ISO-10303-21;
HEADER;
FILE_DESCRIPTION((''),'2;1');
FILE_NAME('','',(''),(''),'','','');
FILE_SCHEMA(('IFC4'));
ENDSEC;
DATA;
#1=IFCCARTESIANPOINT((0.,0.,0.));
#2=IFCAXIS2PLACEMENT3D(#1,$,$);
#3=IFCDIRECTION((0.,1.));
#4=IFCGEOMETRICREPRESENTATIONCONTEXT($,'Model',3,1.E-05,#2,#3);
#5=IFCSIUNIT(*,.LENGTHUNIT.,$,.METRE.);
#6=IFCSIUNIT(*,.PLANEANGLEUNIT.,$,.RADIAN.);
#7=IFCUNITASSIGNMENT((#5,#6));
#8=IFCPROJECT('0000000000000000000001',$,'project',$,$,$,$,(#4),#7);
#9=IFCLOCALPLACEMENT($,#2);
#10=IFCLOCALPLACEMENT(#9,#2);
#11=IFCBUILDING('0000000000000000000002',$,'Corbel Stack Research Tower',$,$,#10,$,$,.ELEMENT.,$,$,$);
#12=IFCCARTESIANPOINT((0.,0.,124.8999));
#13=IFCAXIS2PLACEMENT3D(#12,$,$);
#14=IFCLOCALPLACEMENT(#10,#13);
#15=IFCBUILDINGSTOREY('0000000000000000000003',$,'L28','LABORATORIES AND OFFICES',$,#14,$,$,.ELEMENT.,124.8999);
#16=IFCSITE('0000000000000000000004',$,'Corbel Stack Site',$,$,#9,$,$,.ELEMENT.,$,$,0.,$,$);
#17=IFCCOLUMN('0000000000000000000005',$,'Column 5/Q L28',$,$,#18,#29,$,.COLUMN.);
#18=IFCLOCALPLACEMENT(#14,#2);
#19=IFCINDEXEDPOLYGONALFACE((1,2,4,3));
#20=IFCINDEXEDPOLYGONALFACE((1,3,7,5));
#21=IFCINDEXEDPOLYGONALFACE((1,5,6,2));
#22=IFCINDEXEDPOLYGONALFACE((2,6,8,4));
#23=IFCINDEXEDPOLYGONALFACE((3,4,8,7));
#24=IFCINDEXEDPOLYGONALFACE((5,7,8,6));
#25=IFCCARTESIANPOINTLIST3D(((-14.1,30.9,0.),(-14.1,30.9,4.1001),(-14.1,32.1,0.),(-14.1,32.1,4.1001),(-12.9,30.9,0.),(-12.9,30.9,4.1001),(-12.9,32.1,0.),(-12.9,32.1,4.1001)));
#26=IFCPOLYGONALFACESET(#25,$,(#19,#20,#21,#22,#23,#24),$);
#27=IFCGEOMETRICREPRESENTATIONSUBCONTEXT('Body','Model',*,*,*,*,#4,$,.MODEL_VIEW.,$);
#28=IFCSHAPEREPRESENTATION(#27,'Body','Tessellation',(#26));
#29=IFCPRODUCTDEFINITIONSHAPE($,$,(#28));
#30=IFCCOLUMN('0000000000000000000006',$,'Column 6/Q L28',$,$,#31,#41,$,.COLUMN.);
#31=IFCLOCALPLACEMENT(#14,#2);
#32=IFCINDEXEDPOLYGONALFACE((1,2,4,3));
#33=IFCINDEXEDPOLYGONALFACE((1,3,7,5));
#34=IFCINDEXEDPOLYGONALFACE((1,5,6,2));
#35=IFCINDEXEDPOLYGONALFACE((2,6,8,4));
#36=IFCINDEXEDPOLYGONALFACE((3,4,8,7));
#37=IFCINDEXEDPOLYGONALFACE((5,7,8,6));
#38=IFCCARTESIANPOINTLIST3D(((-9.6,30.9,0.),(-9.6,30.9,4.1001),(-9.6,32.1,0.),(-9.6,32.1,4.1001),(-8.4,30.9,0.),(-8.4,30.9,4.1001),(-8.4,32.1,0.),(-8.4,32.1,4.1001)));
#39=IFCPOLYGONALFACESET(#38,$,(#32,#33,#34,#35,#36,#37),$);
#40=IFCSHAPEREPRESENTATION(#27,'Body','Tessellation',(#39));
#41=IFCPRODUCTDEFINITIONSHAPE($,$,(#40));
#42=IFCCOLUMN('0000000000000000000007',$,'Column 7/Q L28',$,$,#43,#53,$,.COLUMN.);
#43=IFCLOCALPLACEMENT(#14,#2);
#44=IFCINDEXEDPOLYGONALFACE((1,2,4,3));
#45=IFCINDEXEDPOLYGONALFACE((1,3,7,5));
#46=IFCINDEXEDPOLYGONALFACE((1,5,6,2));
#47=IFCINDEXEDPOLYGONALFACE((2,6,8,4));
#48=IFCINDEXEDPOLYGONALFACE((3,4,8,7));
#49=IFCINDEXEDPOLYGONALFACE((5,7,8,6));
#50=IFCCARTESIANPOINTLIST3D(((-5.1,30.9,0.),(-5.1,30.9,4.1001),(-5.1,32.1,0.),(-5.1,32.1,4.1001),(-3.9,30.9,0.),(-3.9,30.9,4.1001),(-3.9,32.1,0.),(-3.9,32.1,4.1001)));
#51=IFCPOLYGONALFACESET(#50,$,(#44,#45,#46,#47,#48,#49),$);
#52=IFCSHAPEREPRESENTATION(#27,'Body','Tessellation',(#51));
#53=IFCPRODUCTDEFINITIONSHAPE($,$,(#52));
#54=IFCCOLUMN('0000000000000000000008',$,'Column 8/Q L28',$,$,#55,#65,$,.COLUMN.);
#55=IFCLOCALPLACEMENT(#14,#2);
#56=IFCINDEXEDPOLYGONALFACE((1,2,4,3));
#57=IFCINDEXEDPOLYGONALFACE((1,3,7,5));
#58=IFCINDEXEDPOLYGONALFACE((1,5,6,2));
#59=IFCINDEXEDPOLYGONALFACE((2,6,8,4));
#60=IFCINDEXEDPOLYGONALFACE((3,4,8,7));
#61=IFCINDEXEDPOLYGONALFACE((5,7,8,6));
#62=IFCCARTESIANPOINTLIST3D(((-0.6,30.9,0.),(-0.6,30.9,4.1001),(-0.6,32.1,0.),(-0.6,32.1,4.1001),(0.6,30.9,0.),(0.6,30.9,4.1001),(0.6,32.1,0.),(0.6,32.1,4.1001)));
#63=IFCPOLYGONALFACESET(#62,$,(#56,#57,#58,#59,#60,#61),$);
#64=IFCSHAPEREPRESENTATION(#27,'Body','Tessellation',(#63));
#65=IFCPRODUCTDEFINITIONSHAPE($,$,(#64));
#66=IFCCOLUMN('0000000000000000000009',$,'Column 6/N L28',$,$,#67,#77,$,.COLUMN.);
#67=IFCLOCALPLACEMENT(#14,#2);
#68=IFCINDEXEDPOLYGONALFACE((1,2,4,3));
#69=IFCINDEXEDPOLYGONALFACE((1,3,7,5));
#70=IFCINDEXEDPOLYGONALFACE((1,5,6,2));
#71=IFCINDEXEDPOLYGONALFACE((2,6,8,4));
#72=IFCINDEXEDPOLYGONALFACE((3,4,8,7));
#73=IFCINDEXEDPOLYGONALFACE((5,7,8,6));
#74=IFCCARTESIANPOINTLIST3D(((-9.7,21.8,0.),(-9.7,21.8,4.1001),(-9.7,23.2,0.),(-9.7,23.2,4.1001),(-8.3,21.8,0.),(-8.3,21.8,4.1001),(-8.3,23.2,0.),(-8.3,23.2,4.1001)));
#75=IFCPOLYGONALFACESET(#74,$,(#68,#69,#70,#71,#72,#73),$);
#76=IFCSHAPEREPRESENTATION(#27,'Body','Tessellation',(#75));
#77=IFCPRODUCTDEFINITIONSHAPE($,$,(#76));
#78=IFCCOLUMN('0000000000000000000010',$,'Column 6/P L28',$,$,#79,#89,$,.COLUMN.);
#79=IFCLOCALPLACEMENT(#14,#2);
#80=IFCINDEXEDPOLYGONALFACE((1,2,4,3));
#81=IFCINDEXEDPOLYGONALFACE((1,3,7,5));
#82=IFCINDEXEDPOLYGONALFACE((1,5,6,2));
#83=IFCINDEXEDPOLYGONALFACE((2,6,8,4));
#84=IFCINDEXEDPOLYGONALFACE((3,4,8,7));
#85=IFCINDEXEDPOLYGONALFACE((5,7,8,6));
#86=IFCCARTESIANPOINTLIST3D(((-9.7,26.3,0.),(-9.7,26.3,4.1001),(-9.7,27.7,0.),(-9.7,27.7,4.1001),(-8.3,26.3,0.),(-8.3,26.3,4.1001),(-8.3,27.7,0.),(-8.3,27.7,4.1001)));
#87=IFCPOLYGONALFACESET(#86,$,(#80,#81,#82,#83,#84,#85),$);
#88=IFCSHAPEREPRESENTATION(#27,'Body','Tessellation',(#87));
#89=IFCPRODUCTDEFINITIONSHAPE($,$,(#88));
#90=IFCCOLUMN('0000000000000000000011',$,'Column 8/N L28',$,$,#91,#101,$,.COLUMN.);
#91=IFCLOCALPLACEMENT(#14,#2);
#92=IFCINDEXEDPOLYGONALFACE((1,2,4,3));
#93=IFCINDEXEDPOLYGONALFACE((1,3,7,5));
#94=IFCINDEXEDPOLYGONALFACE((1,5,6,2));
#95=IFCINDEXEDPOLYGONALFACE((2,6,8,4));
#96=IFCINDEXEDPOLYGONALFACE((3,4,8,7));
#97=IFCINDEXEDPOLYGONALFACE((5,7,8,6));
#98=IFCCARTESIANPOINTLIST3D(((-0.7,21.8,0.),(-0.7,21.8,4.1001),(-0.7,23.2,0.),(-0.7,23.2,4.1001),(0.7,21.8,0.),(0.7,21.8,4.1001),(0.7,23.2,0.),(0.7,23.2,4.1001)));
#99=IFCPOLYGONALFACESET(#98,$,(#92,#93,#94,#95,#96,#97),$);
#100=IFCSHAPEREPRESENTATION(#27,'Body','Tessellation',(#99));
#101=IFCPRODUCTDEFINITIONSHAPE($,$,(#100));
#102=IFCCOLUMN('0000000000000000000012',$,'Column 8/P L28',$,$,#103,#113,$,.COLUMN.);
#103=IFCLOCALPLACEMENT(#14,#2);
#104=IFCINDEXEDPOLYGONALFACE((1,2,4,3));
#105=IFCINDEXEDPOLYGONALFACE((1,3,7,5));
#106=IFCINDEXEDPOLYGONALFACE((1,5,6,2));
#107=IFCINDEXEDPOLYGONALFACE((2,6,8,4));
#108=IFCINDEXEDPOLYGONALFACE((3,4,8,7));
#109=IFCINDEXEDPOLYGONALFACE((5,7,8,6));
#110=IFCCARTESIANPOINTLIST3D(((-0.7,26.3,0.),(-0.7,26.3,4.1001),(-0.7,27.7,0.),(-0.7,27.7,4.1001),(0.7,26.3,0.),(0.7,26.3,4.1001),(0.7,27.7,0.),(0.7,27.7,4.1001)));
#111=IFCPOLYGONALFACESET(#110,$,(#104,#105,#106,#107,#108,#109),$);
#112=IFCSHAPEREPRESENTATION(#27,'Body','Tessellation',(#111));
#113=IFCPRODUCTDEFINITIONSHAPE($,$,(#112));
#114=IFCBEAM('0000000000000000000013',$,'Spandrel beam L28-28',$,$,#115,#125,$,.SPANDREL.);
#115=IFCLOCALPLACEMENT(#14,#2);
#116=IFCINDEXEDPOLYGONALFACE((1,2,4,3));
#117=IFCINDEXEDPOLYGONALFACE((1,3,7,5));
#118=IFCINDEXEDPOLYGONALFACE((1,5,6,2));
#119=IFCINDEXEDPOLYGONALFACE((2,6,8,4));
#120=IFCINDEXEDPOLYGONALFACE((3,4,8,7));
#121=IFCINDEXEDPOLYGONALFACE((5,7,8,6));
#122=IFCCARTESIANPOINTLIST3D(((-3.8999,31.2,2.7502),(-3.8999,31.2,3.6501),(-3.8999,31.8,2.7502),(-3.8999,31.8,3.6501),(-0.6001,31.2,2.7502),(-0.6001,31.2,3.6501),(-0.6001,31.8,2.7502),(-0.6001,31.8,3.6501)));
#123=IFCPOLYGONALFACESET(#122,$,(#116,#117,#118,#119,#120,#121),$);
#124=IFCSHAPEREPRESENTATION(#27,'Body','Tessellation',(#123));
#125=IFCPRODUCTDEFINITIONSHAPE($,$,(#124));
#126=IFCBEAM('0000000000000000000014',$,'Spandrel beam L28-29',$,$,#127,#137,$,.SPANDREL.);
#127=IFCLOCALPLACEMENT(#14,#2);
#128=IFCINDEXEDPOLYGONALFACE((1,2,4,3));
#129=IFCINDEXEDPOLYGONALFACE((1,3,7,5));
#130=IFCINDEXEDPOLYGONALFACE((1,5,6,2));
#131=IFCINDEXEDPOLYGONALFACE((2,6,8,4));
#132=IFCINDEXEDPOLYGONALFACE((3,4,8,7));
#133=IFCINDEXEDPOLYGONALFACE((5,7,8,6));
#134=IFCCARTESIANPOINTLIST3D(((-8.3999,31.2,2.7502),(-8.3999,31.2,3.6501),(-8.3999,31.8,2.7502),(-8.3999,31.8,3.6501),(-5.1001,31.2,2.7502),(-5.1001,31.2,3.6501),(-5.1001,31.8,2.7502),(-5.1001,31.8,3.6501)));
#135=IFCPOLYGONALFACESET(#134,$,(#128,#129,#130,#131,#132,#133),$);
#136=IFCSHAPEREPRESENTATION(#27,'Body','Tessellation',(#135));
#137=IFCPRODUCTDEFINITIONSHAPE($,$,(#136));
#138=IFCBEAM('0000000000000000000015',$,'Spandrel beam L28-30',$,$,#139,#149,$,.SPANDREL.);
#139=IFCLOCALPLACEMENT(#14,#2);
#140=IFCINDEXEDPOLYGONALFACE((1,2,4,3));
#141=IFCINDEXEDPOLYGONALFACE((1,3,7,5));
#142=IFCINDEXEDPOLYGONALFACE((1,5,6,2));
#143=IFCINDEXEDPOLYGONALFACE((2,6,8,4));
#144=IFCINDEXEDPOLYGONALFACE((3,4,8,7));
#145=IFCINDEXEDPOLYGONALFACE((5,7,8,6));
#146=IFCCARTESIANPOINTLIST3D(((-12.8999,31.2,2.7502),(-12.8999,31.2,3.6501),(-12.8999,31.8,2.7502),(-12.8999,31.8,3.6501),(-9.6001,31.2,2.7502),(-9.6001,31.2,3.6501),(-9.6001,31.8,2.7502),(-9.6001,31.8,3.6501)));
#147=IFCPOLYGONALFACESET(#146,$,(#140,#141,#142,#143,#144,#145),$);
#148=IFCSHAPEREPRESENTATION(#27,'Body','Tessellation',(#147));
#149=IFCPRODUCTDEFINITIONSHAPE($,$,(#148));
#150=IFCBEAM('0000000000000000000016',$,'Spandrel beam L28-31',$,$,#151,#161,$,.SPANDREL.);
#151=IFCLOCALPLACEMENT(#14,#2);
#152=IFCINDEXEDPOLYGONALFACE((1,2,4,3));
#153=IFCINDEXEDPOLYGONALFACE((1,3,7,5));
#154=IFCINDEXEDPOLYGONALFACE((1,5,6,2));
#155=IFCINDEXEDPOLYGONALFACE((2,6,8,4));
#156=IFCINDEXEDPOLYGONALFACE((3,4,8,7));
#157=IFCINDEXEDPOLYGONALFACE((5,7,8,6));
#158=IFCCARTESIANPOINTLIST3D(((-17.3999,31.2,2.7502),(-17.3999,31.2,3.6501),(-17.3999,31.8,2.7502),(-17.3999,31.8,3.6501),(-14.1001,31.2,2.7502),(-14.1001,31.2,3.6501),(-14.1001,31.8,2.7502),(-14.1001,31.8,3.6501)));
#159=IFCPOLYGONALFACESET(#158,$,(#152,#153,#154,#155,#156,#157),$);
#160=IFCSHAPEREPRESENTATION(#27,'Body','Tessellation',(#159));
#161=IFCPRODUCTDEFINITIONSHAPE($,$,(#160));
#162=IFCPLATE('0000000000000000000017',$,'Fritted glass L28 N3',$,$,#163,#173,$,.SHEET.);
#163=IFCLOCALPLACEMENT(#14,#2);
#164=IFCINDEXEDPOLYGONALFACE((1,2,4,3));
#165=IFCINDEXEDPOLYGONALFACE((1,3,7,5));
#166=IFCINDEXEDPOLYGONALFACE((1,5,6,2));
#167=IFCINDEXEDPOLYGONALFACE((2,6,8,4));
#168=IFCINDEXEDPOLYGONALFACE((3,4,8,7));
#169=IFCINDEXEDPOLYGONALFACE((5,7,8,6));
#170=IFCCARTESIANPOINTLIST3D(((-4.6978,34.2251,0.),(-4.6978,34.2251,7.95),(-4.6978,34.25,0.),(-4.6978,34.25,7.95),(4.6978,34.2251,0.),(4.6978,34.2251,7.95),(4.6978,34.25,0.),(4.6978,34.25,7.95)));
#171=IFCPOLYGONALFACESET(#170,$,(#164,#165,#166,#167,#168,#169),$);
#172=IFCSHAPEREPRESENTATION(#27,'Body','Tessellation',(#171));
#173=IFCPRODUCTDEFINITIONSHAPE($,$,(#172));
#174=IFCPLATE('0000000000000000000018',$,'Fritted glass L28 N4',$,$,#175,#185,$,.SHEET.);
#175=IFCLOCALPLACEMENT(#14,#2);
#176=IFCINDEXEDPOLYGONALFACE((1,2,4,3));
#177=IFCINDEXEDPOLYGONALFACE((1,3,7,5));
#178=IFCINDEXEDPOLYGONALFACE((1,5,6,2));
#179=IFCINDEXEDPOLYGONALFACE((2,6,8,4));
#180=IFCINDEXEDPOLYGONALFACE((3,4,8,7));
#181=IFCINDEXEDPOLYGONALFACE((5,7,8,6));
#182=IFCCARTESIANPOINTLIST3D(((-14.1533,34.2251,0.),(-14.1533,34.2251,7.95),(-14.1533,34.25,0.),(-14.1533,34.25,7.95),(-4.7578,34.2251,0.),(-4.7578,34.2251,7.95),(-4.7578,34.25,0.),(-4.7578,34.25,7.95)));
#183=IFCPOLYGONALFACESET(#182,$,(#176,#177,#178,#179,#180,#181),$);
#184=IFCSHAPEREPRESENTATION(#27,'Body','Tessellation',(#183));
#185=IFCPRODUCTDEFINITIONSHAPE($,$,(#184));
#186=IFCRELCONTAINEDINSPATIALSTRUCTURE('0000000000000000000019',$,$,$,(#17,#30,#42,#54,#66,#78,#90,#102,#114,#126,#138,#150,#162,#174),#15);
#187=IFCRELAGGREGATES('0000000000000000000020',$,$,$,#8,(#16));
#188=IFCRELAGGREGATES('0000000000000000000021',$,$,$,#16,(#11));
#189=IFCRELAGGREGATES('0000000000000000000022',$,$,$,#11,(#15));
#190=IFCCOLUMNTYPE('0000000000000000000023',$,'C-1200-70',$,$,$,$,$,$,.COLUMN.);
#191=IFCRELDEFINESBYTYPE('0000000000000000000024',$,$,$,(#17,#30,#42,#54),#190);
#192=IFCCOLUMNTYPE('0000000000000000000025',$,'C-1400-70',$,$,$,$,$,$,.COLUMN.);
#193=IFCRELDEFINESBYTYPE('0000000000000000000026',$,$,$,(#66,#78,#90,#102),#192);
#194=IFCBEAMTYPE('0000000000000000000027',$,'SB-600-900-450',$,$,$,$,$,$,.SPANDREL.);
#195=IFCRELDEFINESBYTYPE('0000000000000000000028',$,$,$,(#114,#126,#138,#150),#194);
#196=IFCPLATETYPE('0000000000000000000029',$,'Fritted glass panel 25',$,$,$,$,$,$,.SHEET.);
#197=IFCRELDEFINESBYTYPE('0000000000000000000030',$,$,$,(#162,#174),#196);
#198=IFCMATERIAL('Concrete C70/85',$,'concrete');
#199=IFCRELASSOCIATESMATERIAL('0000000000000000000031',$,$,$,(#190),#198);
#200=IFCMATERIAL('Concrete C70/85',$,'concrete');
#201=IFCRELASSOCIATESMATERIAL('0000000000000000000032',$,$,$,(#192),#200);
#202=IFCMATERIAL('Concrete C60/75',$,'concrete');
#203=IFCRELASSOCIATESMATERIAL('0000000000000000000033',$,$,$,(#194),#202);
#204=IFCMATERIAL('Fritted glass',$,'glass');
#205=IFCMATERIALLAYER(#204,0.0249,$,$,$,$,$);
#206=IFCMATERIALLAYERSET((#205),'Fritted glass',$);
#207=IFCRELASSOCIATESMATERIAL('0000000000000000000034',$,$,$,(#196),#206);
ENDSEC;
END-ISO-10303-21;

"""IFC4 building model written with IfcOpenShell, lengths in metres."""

from ifc_helpers import new_model, si_unit, direction, frame, origin, origin_2d, place, context, subcontext, project, spatial, rectangle, extrude, material, layer, layer_set, material_profile, profile_set, type_object, element, save


model = new_model("IFC4")

# Units and contexts
model_context = context("Model", 3, precision=1e-05, world=origin(), true_north=direction((0.0, 1.0)))
body_context = subcontext(model_context, "Body", "Model", "MODEL_VIEW")
ifc_project = project(units=[si_unit("LENGTHUNIT", "METRE"), si_unit("PLANEANGLEUNIT", "RADIAN")], contexts=[model_context])

# Site, building, storey
site_placement = place(None, origin())
site = spatial("IfcSite", under=ifc_project, at=site_placement, Name="Corbel Stack Site", CompositionType="ELEMENT", RefElevation=0.0)
building_placement = place(site_placement, origin())
building = spatial("IfcBuilding", under=site, at=building_placement, Name="Corbel Stack Research Tower", CompositionType="ELEMENT")
storey_placement = place(building_placement, frame((0.0, 0.0, 124.8999)))
storey = spatial("IfcBuildingStorey", under=building, at=storey_placement, Name="L28", Description="LABORATORIES AND OFFICES", CompositionType="ELEMENT", Elevation=124.8999)

# Columns
ifc_material_1 = material(Name="Concrete C70/85", Category="concrete")
ifc_material_profile_1 = material_profile(ifc_material_1, rectangle(XDim=1.2, YDim=1.2, at=origin_2d()), Name="RC 1200 x 1200")
ifc_profile_set_1 = profile_set([ifc_material_profile_1], Name="Concrete C70/85")
column_type_1 = type_object("IfcColumnType", Name="C-1200-70", PredefinedType="COLUMN", material=ifc_profile_set_1)
for number, where, z_axis, x_axis, name in (
    (1, (-13.5, 31.5, 0.0), (0.0, 0.0, 1.0), (1.0, 0.0, 0.0), "Column 5/Q L28"),
    (2, (-9.0, 31.5, 0.0), (0.0, 0.0, 1.0), (1.0, 0.0, 0.0), "Column 6/Q L28"),
    (3, (-4.5, 31.5, 0.0), (0.0, 0.0, 1.0), (1.0, 0.0, 0.0), "Column 7/Q L28"),
    (4, (0.0, 31.5, 0.0), (0.0, 0.0, 1.0), (1.0, 0.0, 0.0), "Column 8/Q L28"),
):
    element("IfcColumn", number, at=place(storey_placement, frame(where, z_axis=z_axis, x_axis=x_axis)), inside=storey, type_object=column_type_1, Name=name, PredefinedType="COLUMN", context=body_context, shape_type="SweptSolid", body=[
        extrude(rectangle(XDim=1.2, YDim=1.2, at=origin_2d()), origin(), (0.0, 0.0, 1.0), 4.1001),
    ])
ifc_material_2 = material(Name="Concrete C70/85", Category="concrete")
ifc_material_profile_2 = material_profile(ifc_material_2, rectangle(XDim=1.3999, YDim=1.3999, at=origin_2d()), Name="RC 1400 x 1400")
ifc_profile_set_2 = profile_set([ifc_material_profile_2], Name="Concrete C70/85")
column_type_2 = type_object("IfcColumnType", Name="C-1400-70", PredefinedType="COLUMN", material=ifc_profile_set_2)
for number, where, z_axis, x_axis, name in (
    (5, (-9.0, 22.5, 0.0), (0.0, 0.0, 1.0), (1.0, 0.0, 0.0), "Column 6/N L28"),
    (6, (-9.0, 27.0, 0.0), (0.0, 0.0, 1.0), (1.0, 0.0, 0.0), "Column 6/P L28"),
    (7, (0.0, 22.5, 0.0), (0.0, 0.0, 1.0), (1.0, 0.0, 0.0), "Column 8/N L28"),
    (8, (0.0, 27.0, 0.0), (0.0, 0.0, 1.0), (1.0, 0.0, 0.0), "Column 8/P L28"),
):
    element("IfcColumn", number, at=place(storey_placement, frame(where, z_axis=z_axis, x_axis=x_axis)), inside=storey, type_object=column_type_2, Name=name, PredefinedType="COLUMN", context=body_context, shape_type="SweptSolid", body=[
        extrude(rectangle(XDim=1.3999, YDim=1.3999, at=origin_2d()), origin(), (0.0, 0.0, 1.0), 4.1001),
    ])

# Beams
ifc_material_3 = material(Name="Concrete C60/75", Category="concrete")
ifc_material_profile_3 = material_profile(ifc_material_3, rectangle(XDim=0.6001, YDim=0.8999, at=origin_2d()), Name="RC 600 x 900")
ifc_profile_set_3 = profile_set([ifc_material_profile_3], Name="Concrete C60/75")
beam_type = type_object("IfcBeamType", Name="SB-600-900-450", PredefinedType="SPANDREL", material=ifc_profile_set_3)
for number, where, z_axis, x_axis, name in (
    (9, (-0.6001, 31.5, 3.2002), (-1.0, 0.0, 0.0), (0.0, -1.0, 0.0), "Spandrel beam L28-28"),
    (10, (-5.1001, 31.5, 3.2002), (-1.0, 0.0, 0.0), (0.0, -1.0, 0.0), "Spandrel beam L28-29"),
    (11, (-9.6001, 31.5, 3.2002), (-1.0, 0.0, 0.0), (0.0, -1.0, 0.0), "Spandrel beam L28-30"),
    (12, (-14.1001, 31.5, 3.2002), (-1.0, 0.0, 0.0), (0.0, -1.0, 0.0), "Spandrel beam L28-31"),
):
    element("IfcBeam", number, at=place(storey_placement, frame(where, z_axis=z_axis, x_axis=x_axis)), inside=storey, type_object=beam_type, Name=name, PredefinedType="SPANDREL", context=body_context, shape_type="SweptSolid", body=[
        extrude(rectangle(XDim=0.6001, YDim=0.8999, at=origin_2d()), origin(), (0.0, 0.0, 1.0), 3.2998),
    ])

# Plates
ifc_material_4 = material(Name="Fritted glass", Category="glass")
ifc_layer_1 = layer(ifc_material_4, 0.0249)
ifc_layer_set_1 = layer_set([ifc_layer_1], Name="Fritted glass")
plate_type = type_object("IfcPlateType", Name="Fritted glass panel 25", PredefinedType="SHEET", material=ifc_layer_set_1)
for number, where, z_axis, x_axis, name in (
    (13, (0.0, 34.2375, 0.0), (0.0, 0.0, 1.0), (-1.0, 0.0, 0.0), "Fritted glass L28 N3"),
    (14, (-9.4556, 34.2375, 0.0), (0.0, 0.0, 1.0), (-1.0, 0.0, 0.0), "Fritted glass L28 N4"),
):
    element("IfcPlate", number, at=place(storey_placement, frame(where, z_axis=z_axis, x_axis=x_axis)), inside=storey, type_object=plate_type, Name=name, PredefinedType="SHEET", context=body_context, shape_type="SweptSolid", body=[
        extrude(rectangle(XDim=9.3955, YDim=0.0249, at=origin_2d()), origin(), (0.0, 0.0, 1.0), 7.95),
    ])

save(model, "model.ifc")
